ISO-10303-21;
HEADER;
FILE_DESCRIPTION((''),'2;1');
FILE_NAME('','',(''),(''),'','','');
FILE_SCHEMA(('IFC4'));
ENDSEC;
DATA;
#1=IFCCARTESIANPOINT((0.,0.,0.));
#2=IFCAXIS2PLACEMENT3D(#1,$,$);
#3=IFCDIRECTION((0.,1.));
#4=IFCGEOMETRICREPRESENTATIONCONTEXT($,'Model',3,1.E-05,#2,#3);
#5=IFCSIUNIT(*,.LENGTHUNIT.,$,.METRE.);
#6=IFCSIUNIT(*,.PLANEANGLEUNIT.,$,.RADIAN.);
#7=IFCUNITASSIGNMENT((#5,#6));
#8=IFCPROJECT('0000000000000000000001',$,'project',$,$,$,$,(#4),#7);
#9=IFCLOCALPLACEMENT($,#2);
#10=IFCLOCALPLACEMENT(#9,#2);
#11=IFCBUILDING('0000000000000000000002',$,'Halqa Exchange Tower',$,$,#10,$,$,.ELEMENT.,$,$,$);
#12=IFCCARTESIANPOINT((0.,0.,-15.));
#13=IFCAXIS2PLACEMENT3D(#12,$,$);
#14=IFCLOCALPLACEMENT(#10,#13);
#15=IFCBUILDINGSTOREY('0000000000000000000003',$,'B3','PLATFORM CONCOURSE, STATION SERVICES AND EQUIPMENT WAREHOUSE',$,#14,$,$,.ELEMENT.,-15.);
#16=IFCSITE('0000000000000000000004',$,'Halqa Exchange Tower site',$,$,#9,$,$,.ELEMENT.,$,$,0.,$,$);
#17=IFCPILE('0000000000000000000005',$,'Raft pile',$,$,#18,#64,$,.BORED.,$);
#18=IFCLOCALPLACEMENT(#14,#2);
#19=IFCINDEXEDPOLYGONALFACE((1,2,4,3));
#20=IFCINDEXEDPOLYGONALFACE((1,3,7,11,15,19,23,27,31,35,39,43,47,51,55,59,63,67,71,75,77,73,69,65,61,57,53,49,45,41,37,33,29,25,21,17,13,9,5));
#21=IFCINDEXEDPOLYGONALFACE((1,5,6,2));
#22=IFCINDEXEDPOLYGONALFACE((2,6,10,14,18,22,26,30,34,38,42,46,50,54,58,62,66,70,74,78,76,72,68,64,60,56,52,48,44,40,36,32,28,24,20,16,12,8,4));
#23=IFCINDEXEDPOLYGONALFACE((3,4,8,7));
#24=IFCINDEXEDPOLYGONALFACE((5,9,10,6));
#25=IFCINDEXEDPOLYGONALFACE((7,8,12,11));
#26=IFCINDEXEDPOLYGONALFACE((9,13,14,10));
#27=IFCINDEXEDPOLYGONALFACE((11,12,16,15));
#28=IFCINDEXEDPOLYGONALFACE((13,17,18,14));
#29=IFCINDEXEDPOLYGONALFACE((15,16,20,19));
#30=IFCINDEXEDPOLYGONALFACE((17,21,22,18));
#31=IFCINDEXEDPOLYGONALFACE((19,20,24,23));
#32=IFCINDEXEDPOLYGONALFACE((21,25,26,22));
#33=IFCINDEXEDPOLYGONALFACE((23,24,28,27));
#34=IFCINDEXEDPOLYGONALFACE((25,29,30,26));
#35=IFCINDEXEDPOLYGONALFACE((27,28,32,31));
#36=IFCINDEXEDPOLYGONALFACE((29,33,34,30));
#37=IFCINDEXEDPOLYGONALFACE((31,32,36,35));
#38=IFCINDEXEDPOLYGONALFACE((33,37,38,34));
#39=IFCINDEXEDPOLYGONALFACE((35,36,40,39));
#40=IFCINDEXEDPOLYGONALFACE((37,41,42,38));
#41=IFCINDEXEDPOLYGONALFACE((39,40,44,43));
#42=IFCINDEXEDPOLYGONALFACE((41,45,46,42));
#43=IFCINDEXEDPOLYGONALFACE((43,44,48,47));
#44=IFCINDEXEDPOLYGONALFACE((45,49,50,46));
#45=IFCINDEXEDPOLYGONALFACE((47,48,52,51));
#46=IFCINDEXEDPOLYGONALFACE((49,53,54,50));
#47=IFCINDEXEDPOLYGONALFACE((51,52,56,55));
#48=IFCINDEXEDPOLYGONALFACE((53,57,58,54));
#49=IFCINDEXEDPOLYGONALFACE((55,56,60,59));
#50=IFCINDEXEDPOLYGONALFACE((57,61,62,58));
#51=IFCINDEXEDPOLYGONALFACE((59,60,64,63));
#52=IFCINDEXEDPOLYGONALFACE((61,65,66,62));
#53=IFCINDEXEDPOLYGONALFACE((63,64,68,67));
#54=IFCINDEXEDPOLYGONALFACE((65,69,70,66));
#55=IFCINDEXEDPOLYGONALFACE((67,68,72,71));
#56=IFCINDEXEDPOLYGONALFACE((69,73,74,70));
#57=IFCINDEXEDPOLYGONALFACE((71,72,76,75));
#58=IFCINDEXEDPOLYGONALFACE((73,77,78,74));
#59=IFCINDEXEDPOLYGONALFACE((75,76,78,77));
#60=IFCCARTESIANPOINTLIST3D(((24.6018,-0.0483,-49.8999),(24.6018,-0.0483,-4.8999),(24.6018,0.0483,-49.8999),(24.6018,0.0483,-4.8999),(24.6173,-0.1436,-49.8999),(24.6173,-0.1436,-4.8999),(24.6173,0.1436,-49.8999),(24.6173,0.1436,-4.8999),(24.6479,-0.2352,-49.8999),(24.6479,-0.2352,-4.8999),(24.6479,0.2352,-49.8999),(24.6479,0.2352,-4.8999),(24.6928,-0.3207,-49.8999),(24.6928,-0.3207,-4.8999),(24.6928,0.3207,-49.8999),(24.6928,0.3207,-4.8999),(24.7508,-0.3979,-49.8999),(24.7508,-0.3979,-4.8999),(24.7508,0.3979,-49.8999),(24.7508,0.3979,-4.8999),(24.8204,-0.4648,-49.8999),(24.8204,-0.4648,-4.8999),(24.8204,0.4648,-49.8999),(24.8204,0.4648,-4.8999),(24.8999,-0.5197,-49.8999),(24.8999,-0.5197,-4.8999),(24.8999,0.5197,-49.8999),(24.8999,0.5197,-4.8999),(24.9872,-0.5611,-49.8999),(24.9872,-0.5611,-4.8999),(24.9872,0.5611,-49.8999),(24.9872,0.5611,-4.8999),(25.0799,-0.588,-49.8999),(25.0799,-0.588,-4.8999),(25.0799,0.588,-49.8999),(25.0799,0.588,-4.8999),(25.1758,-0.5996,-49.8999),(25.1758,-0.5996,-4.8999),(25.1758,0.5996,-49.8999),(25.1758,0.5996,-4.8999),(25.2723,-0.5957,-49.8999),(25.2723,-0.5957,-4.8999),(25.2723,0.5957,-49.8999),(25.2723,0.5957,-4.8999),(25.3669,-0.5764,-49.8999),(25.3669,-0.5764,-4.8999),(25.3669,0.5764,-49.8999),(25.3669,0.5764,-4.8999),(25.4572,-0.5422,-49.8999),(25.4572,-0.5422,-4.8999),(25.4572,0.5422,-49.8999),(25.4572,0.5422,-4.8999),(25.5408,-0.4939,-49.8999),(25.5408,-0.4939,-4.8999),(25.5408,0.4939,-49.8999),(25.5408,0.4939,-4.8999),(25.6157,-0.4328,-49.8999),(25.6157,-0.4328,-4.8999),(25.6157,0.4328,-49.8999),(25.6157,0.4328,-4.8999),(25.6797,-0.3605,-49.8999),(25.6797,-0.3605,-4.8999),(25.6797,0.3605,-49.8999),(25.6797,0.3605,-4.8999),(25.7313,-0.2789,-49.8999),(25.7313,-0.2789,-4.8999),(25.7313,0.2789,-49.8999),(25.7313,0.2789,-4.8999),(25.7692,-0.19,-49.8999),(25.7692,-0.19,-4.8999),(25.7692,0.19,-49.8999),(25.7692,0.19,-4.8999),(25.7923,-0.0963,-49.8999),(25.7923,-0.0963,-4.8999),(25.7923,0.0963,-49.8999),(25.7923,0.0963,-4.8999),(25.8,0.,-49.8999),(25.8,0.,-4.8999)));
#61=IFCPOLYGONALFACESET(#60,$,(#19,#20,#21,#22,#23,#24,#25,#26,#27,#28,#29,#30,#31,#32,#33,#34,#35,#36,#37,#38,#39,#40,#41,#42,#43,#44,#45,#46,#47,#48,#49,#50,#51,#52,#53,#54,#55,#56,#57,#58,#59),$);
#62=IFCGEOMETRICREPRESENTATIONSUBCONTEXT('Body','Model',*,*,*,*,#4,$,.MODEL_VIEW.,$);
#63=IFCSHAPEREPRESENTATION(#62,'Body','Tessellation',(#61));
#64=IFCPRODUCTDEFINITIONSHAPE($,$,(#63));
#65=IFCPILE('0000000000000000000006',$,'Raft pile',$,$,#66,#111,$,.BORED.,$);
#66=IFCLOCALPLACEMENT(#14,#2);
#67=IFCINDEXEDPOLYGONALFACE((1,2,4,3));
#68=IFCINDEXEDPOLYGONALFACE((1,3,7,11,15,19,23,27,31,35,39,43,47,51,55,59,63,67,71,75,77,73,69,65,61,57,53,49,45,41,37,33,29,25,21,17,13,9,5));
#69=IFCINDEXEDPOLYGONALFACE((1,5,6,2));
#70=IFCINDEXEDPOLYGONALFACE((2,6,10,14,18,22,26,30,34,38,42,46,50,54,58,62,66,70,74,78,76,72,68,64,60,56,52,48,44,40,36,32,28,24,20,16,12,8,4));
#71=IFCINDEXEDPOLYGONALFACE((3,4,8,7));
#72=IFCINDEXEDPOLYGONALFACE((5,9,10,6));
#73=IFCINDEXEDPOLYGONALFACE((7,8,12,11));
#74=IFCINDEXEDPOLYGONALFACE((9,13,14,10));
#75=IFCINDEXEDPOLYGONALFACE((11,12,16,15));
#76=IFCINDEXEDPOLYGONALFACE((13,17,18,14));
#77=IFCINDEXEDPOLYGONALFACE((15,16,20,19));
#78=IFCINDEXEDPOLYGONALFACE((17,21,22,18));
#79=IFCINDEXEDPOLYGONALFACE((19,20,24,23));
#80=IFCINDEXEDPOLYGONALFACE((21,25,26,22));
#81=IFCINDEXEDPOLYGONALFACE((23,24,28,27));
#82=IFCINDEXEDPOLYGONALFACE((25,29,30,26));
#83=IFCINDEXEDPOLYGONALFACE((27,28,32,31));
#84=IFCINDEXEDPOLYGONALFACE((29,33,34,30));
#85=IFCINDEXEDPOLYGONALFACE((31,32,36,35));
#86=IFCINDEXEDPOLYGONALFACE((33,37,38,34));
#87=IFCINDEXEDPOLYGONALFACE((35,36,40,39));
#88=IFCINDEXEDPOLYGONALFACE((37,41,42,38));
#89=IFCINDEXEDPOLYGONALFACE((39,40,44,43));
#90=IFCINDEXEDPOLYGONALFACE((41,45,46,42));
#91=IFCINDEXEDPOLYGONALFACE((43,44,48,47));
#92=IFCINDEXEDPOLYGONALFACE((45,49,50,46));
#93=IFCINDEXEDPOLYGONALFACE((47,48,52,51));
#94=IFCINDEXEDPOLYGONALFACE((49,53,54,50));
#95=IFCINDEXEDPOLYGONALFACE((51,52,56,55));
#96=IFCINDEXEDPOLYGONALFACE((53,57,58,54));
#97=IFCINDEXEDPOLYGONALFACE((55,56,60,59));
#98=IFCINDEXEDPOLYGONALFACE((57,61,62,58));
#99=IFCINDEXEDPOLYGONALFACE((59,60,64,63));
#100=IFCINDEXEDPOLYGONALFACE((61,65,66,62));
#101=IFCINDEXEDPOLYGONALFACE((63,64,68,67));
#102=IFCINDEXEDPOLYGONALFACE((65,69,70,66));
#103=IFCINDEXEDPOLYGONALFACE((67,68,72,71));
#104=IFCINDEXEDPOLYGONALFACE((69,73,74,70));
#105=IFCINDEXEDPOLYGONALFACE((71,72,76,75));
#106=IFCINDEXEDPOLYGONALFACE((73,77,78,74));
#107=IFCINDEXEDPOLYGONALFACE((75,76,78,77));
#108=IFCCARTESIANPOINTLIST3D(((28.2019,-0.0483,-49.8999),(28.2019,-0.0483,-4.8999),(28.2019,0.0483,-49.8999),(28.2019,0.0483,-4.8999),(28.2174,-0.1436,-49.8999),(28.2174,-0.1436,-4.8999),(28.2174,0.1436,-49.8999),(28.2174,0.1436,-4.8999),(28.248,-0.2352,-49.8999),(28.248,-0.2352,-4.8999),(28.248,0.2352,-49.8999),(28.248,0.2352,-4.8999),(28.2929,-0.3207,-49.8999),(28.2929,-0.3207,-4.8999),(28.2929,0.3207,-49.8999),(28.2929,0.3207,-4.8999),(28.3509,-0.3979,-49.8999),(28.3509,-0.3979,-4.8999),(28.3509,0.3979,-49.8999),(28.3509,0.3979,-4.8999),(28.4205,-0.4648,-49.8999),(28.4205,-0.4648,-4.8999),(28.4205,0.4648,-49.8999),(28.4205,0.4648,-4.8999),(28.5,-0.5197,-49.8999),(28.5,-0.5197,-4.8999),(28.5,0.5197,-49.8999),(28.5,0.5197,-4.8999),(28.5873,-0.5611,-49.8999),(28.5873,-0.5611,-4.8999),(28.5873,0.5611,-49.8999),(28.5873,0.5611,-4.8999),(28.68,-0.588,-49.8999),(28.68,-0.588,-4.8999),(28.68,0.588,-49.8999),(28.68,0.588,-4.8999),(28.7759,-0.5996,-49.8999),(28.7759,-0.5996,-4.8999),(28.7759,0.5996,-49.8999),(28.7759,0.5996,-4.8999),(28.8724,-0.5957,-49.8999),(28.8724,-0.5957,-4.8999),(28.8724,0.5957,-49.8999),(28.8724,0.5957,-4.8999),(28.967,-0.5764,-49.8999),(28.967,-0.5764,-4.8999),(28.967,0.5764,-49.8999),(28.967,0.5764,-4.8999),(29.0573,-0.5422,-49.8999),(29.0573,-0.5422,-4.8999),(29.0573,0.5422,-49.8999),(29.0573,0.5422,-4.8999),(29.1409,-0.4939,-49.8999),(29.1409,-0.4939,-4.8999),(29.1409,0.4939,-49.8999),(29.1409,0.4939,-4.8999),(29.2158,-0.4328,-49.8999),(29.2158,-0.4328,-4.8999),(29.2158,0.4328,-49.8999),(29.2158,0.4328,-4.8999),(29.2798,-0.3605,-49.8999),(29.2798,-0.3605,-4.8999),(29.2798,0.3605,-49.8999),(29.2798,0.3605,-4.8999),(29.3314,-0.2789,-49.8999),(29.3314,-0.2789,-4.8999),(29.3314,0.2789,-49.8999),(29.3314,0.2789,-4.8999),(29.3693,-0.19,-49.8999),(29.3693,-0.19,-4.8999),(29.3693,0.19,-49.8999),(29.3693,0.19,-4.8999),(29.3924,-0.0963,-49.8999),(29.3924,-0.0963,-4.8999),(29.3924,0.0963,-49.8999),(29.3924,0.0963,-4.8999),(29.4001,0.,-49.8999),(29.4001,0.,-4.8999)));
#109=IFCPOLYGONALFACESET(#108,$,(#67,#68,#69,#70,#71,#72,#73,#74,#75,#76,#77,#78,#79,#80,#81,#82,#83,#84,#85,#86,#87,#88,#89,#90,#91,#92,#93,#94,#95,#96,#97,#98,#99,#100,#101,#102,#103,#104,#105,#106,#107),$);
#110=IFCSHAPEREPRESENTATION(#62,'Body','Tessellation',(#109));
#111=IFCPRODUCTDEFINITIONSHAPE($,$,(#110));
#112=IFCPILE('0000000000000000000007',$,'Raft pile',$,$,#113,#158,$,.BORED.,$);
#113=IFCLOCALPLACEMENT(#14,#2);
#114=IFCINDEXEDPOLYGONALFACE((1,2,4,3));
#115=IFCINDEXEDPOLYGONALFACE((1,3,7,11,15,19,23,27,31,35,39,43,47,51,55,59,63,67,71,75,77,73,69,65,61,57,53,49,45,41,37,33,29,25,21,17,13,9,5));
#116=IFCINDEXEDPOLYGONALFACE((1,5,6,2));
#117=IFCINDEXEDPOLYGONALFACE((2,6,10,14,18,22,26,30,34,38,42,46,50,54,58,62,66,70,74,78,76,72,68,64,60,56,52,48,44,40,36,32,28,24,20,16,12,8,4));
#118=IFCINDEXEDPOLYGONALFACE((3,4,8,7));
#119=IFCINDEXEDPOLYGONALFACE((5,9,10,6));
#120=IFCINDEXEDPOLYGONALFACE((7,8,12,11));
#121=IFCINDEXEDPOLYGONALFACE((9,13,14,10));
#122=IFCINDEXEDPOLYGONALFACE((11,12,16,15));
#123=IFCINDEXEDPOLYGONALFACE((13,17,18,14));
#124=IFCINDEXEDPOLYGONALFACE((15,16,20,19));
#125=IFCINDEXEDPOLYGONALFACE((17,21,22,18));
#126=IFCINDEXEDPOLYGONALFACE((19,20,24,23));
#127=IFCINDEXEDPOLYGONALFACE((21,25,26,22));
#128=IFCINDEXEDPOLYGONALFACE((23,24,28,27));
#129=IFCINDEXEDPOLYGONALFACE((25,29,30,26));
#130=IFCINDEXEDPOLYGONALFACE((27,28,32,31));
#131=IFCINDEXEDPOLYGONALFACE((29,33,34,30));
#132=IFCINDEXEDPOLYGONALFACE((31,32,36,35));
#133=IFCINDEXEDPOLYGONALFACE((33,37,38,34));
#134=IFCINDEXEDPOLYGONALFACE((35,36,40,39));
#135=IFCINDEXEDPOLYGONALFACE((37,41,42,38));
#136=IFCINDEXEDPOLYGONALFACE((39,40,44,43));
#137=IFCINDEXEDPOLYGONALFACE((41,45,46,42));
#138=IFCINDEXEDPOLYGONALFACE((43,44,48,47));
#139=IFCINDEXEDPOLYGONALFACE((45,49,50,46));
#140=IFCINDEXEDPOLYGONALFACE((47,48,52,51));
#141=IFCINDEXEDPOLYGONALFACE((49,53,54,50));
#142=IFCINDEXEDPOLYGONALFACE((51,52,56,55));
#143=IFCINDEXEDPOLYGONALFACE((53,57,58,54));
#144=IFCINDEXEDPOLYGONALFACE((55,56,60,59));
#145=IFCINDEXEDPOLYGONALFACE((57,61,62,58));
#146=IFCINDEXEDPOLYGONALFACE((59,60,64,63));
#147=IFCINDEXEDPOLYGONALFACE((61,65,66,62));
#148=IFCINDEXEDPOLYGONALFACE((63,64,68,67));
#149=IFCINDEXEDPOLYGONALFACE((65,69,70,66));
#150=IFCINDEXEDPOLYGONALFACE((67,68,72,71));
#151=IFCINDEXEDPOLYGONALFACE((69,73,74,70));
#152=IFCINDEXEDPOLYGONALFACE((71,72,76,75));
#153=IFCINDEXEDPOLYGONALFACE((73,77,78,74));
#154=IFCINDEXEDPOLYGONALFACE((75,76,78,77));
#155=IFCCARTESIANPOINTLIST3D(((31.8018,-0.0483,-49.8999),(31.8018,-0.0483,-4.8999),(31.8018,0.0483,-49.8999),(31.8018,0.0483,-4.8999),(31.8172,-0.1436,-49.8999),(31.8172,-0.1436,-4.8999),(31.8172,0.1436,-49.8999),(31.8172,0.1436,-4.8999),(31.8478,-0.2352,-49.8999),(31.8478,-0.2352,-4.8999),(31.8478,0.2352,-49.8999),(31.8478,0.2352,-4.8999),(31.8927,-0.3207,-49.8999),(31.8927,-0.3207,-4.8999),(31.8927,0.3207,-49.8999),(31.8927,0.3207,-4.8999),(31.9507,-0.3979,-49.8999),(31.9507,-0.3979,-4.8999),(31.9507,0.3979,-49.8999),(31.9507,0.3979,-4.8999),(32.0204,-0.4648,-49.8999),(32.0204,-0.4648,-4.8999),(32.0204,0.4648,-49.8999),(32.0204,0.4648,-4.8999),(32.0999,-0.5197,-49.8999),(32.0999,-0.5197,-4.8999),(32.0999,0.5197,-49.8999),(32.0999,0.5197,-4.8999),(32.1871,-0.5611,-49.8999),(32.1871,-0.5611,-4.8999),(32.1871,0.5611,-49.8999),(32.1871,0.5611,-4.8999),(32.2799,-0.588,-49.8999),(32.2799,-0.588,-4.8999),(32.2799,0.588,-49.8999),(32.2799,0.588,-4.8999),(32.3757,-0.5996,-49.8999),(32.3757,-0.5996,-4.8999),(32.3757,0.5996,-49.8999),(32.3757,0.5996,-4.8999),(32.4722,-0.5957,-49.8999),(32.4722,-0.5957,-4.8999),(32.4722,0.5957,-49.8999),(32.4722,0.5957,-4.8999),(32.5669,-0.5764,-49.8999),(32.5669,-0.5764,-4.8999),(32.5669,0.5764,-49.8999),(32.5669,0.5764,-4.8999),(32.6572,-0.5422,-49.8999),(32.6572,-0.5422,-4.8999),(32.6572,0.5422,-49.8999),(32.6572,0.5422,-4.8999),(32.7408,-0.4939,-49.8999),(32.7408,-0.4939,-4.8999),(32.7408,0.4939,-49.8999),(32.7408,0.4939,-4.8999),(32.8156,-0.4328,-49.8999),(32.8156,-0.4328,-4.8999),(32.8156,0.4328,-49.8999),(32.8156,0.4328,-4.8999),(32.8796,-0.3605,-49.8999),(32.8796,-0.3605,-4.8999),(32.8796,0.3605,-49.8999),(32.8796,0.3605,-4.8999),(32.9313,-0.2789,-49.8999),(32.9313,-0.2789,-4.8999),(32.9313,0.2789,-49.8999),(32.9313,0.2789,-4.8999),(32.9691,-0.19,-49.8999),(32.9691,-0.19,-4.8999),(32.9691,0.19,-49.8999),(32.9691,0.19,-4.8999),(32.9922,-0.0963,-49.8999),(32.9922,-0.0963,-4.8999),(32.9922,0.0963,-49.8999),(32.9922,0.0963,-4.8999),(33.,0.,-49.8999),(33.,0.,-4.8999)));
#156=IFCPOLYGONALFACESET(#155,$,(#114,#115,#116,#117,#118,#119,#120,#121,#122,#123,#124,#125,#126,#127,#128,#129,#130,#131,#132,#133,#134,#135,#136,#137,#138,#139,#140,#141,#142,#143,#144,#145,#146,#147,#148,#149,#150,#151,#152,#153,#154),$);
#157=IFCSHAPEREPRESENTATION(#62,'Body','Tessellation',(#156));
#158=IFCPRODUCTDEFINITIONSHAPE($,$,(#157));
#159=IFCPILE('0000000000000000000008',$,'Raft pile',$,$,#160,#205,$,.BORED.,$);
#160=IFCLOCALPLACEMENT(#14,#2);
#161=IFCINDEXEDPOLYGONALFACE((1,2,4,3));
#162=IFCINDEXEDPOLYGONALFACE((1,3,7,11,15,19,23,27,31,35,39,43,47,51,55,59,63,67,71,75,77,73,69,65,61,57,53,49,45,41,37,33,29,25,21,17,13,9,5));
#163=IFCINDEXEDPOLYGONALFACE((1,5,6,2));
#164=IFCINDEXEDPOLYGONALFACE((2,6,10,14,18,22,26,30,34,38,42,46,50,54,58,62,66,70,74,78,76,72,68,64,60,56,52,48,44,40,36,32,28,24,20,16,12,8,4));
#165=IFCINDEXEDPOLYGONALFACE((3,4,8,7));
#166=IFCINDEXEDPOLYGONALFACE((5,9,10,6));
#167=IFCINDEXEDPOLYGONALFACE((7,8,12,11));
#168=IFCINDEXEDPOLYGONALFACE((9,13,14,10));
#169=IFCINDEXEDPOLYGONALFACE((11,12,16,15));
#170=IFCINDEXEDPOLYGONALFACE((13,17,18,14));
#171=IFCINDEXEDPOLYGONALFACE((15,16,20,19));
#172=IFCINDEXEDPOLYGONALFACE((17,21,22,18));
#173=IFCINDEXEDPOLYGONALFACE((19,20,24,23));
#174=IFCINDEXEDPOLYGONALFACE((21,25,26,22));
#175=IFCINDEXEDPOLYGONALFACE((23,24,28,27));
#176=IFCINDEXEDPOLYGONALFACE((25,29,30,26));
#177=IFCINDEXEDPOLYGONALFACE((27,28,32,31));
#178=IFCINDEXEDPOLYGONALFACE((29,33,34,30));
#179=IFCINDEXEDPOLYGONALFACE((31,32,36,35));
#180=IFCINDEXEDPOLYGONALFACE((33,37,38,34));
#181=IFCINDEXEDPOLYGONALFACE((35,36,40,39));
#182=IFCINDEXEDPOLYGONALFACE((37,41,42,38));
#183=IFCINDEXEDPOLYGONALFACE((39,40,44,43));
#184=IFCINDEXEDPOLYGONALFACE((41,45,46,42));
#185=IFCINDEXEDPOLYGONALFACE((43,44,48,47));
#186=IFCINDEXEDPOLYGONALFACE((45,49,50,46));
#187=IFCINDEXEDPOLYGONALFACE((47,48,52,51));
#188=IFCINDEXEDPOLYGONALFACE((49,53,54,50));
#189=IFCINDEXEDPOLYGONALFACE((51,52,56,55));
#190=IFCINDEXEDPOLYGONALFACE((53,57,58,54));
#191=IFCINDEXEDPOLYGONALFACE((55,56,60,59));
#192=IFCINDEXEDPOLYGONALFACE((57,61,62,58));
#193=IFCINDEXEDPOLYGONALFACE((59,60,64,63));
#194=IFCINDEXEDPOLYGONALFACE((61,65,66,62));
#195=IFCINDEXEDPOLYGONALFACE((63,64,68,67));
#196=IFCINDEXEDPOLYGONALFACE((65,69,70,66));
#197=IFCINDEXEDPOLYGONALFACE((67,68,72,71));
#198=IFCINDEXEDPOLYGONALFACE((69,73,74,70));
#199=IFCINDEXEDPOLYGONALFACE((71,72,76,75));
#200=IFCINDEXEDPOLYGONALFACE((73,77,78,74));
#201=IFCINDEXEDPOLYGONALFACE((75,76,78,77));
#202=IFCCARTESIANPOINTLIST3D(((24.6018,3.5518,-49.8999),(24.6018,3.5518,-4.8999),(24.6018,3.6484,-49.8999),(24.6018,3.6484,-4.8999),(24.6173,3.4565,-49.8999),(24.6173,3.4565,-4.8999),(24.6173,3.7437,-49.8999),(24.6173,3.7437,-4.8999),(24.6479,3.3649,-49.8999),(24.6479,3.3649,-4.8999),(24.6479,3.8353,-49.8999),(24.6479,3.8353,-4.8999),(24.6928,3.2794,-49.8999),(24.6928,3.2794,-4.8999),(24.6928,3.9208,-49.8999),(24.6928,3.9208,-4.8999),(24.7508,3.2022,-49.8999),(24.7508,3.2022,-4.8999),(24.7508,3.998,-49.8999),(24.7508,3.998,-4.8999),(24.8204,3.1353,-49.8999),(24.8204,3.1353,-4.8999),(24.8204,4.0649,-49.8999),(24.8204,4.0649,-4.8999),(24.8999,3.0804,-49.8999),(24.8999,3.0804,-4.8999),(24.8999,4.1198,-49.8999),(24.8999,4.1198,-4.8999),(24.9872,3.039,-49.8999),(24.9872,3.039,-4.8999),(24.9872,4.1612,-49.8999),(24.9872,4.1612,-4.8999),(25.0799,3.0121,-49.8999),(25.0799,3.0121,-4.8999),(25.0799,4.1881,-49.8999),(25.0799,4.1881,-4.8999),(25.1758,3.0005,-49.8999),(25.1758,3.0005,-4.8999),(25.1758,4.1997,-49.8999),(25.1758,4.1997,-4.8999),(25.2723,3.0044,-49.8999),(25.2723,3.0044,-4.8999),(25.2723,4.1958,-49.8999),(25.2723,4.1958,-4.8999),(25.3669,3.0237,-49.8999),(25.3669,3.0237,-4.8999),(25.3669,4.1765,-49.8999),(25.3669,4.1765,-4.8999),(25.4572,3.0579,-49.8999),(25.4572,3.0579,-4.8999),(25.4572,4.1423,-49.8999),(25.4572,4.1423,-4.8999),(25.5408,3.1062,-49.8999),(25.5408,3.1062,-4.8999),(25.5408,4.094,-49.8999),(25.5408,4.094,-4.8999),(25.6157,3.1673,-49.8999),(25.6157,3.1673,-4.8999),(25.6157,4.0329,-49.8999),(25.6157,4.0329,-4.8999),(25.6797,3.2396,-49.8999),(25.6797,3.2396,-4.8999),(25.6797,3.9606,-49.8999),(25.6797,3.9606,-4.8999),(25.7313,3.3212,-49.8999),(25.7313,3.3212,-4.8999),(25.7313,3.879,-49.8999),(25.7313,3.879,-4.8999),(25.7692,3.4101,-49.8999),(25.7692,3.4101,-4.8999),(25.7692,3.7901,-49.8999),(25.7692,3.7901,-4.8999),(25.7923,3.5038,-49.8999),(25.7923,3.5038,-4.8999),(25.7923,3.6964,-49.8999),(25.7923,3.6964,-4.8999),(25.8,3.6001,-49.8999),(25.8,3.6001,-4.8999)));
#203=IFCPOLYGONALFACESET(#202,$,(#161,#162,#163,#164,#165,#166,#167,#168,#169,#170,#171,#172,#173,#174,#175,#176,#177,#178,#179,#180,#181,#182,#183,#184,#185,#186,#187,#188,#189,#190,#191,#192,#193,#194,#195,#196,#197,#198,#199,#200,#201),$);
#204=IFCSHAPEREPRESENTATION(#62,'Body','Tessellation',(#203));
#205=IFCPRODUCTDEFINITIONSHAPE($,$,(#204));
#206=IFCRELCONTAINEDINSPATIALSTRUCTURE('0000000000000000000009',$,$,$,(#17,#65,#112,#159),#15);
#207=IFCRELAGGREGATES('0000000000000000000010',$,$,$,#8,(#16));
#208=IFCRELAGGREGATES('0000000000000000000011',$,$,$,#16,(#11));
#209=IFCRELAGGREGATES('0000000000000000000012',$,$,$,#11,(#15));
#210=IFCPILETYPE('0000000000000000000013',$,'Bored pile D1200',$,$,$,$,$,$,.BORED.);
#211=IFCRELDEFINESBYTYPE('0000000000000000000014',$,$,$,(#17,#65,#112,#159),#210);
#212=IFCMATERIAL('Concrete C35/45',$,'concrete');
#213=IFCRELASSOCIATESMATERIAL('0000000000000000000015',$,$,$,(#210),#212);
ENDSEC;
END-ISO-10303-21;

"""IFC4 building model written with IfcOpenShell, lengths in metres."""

from ifc_helpers import new_model, si_unit, direction, frame, origin, origin_2d, place, context, subcontext, project, spatial, circle, extrude, material, material_profile, profile_set, type_object, element, save


model = new_model("IFC4")

# Units and contexts
model_context = context("Model", 3, precision=1e-05, world=origin(), true_north=direction((0.0, 1.0)))
body_context = subcontext(model_context, "Body", "Model", "MODEL_VIEW")
ifc_project = project(units=[si_unit("LENGTHUNIT", "METRE"), si_unit("PLANEANGLEUNIT", "RADIAN")], contexts=[model_context])

# Site, building, storey
site_placement = place(None, origin())
site = spatial("IfcSite", under=ifc_project, at=site_placement, Name="Halqa Exchange Tower site", CompositionType="ELEMENT", RefElevation=0.0)
building_placement = place(site_placement, origin())
building = spatial("IfcBuilding", under=site, at=building_placement, Name="Halqa Exchange Tower", CompositionType="ELEMENT")
storey_placement = place(building_placement, frame((0.0, 0.0, -15.0)))
storey = spatial("IfcBuildingStorey", under=building, at=storey_placement, Name="B3", Description="PLATFORM CONCOURSE, STATION SERVICES AND EQUIPMENT WAREHOUSE", CompositionType="ELEMENT", Elevation=-15.0)

# Piles
ifc_material_1 = material(Name="Concrete C35/45", Category="concrete")
ifc_material_profile_1 = material_profile(ifc_material_1, circle(Radius=0.6001, at=origin_2d()), Name="D1200")
ifc_profile_set_1 = profile_set([ifc_material_profile_1], Name="Concrete C35/45")
pile_type_1 = type_object("IfcPileType", Name="Bored pile D1200", PredefinedType="BORED", material=ifc_profile_set_1)
for number, where, z_axis, x_axis, name in (
    (1, (25.2, 0.0, -4.8999), (0.0, 0.0, -1.0), (1.0, 0.0, 0.0), "Raft pile"),
    (2, (28.8, 0.0, -4.8999), (0.0, 0.0, -1.0), (1.0, 0.0, 0.0), "Raft pile"),
    (3, (32.3999, 0.0, -4.8999), (0.0, 0.0, -1.0), (1.0, 0.0, 0.0), "Raft pile"),
    (4, (25.2, 3.6001, -4.8999), (0.0, 0.0, -1.0), (1.0, 0.0, 0.0), "Raft pile"),
):
    element("IfcPile", number, at=place(storey_placement, frame(where, z_axis=z_axis, x_axis=x_axis)), inside=storey, type_object=pile_type_1, Name=name, PredefinedType="BORED", context=body_context, shape_type="SweptSolid", body=[
        extrude(circle(Radius=0.6001, at=origin_2d()), origin(), (0.0, 0.0, 1.0), 45.0),
    ])

save(model, "model.ifc")
